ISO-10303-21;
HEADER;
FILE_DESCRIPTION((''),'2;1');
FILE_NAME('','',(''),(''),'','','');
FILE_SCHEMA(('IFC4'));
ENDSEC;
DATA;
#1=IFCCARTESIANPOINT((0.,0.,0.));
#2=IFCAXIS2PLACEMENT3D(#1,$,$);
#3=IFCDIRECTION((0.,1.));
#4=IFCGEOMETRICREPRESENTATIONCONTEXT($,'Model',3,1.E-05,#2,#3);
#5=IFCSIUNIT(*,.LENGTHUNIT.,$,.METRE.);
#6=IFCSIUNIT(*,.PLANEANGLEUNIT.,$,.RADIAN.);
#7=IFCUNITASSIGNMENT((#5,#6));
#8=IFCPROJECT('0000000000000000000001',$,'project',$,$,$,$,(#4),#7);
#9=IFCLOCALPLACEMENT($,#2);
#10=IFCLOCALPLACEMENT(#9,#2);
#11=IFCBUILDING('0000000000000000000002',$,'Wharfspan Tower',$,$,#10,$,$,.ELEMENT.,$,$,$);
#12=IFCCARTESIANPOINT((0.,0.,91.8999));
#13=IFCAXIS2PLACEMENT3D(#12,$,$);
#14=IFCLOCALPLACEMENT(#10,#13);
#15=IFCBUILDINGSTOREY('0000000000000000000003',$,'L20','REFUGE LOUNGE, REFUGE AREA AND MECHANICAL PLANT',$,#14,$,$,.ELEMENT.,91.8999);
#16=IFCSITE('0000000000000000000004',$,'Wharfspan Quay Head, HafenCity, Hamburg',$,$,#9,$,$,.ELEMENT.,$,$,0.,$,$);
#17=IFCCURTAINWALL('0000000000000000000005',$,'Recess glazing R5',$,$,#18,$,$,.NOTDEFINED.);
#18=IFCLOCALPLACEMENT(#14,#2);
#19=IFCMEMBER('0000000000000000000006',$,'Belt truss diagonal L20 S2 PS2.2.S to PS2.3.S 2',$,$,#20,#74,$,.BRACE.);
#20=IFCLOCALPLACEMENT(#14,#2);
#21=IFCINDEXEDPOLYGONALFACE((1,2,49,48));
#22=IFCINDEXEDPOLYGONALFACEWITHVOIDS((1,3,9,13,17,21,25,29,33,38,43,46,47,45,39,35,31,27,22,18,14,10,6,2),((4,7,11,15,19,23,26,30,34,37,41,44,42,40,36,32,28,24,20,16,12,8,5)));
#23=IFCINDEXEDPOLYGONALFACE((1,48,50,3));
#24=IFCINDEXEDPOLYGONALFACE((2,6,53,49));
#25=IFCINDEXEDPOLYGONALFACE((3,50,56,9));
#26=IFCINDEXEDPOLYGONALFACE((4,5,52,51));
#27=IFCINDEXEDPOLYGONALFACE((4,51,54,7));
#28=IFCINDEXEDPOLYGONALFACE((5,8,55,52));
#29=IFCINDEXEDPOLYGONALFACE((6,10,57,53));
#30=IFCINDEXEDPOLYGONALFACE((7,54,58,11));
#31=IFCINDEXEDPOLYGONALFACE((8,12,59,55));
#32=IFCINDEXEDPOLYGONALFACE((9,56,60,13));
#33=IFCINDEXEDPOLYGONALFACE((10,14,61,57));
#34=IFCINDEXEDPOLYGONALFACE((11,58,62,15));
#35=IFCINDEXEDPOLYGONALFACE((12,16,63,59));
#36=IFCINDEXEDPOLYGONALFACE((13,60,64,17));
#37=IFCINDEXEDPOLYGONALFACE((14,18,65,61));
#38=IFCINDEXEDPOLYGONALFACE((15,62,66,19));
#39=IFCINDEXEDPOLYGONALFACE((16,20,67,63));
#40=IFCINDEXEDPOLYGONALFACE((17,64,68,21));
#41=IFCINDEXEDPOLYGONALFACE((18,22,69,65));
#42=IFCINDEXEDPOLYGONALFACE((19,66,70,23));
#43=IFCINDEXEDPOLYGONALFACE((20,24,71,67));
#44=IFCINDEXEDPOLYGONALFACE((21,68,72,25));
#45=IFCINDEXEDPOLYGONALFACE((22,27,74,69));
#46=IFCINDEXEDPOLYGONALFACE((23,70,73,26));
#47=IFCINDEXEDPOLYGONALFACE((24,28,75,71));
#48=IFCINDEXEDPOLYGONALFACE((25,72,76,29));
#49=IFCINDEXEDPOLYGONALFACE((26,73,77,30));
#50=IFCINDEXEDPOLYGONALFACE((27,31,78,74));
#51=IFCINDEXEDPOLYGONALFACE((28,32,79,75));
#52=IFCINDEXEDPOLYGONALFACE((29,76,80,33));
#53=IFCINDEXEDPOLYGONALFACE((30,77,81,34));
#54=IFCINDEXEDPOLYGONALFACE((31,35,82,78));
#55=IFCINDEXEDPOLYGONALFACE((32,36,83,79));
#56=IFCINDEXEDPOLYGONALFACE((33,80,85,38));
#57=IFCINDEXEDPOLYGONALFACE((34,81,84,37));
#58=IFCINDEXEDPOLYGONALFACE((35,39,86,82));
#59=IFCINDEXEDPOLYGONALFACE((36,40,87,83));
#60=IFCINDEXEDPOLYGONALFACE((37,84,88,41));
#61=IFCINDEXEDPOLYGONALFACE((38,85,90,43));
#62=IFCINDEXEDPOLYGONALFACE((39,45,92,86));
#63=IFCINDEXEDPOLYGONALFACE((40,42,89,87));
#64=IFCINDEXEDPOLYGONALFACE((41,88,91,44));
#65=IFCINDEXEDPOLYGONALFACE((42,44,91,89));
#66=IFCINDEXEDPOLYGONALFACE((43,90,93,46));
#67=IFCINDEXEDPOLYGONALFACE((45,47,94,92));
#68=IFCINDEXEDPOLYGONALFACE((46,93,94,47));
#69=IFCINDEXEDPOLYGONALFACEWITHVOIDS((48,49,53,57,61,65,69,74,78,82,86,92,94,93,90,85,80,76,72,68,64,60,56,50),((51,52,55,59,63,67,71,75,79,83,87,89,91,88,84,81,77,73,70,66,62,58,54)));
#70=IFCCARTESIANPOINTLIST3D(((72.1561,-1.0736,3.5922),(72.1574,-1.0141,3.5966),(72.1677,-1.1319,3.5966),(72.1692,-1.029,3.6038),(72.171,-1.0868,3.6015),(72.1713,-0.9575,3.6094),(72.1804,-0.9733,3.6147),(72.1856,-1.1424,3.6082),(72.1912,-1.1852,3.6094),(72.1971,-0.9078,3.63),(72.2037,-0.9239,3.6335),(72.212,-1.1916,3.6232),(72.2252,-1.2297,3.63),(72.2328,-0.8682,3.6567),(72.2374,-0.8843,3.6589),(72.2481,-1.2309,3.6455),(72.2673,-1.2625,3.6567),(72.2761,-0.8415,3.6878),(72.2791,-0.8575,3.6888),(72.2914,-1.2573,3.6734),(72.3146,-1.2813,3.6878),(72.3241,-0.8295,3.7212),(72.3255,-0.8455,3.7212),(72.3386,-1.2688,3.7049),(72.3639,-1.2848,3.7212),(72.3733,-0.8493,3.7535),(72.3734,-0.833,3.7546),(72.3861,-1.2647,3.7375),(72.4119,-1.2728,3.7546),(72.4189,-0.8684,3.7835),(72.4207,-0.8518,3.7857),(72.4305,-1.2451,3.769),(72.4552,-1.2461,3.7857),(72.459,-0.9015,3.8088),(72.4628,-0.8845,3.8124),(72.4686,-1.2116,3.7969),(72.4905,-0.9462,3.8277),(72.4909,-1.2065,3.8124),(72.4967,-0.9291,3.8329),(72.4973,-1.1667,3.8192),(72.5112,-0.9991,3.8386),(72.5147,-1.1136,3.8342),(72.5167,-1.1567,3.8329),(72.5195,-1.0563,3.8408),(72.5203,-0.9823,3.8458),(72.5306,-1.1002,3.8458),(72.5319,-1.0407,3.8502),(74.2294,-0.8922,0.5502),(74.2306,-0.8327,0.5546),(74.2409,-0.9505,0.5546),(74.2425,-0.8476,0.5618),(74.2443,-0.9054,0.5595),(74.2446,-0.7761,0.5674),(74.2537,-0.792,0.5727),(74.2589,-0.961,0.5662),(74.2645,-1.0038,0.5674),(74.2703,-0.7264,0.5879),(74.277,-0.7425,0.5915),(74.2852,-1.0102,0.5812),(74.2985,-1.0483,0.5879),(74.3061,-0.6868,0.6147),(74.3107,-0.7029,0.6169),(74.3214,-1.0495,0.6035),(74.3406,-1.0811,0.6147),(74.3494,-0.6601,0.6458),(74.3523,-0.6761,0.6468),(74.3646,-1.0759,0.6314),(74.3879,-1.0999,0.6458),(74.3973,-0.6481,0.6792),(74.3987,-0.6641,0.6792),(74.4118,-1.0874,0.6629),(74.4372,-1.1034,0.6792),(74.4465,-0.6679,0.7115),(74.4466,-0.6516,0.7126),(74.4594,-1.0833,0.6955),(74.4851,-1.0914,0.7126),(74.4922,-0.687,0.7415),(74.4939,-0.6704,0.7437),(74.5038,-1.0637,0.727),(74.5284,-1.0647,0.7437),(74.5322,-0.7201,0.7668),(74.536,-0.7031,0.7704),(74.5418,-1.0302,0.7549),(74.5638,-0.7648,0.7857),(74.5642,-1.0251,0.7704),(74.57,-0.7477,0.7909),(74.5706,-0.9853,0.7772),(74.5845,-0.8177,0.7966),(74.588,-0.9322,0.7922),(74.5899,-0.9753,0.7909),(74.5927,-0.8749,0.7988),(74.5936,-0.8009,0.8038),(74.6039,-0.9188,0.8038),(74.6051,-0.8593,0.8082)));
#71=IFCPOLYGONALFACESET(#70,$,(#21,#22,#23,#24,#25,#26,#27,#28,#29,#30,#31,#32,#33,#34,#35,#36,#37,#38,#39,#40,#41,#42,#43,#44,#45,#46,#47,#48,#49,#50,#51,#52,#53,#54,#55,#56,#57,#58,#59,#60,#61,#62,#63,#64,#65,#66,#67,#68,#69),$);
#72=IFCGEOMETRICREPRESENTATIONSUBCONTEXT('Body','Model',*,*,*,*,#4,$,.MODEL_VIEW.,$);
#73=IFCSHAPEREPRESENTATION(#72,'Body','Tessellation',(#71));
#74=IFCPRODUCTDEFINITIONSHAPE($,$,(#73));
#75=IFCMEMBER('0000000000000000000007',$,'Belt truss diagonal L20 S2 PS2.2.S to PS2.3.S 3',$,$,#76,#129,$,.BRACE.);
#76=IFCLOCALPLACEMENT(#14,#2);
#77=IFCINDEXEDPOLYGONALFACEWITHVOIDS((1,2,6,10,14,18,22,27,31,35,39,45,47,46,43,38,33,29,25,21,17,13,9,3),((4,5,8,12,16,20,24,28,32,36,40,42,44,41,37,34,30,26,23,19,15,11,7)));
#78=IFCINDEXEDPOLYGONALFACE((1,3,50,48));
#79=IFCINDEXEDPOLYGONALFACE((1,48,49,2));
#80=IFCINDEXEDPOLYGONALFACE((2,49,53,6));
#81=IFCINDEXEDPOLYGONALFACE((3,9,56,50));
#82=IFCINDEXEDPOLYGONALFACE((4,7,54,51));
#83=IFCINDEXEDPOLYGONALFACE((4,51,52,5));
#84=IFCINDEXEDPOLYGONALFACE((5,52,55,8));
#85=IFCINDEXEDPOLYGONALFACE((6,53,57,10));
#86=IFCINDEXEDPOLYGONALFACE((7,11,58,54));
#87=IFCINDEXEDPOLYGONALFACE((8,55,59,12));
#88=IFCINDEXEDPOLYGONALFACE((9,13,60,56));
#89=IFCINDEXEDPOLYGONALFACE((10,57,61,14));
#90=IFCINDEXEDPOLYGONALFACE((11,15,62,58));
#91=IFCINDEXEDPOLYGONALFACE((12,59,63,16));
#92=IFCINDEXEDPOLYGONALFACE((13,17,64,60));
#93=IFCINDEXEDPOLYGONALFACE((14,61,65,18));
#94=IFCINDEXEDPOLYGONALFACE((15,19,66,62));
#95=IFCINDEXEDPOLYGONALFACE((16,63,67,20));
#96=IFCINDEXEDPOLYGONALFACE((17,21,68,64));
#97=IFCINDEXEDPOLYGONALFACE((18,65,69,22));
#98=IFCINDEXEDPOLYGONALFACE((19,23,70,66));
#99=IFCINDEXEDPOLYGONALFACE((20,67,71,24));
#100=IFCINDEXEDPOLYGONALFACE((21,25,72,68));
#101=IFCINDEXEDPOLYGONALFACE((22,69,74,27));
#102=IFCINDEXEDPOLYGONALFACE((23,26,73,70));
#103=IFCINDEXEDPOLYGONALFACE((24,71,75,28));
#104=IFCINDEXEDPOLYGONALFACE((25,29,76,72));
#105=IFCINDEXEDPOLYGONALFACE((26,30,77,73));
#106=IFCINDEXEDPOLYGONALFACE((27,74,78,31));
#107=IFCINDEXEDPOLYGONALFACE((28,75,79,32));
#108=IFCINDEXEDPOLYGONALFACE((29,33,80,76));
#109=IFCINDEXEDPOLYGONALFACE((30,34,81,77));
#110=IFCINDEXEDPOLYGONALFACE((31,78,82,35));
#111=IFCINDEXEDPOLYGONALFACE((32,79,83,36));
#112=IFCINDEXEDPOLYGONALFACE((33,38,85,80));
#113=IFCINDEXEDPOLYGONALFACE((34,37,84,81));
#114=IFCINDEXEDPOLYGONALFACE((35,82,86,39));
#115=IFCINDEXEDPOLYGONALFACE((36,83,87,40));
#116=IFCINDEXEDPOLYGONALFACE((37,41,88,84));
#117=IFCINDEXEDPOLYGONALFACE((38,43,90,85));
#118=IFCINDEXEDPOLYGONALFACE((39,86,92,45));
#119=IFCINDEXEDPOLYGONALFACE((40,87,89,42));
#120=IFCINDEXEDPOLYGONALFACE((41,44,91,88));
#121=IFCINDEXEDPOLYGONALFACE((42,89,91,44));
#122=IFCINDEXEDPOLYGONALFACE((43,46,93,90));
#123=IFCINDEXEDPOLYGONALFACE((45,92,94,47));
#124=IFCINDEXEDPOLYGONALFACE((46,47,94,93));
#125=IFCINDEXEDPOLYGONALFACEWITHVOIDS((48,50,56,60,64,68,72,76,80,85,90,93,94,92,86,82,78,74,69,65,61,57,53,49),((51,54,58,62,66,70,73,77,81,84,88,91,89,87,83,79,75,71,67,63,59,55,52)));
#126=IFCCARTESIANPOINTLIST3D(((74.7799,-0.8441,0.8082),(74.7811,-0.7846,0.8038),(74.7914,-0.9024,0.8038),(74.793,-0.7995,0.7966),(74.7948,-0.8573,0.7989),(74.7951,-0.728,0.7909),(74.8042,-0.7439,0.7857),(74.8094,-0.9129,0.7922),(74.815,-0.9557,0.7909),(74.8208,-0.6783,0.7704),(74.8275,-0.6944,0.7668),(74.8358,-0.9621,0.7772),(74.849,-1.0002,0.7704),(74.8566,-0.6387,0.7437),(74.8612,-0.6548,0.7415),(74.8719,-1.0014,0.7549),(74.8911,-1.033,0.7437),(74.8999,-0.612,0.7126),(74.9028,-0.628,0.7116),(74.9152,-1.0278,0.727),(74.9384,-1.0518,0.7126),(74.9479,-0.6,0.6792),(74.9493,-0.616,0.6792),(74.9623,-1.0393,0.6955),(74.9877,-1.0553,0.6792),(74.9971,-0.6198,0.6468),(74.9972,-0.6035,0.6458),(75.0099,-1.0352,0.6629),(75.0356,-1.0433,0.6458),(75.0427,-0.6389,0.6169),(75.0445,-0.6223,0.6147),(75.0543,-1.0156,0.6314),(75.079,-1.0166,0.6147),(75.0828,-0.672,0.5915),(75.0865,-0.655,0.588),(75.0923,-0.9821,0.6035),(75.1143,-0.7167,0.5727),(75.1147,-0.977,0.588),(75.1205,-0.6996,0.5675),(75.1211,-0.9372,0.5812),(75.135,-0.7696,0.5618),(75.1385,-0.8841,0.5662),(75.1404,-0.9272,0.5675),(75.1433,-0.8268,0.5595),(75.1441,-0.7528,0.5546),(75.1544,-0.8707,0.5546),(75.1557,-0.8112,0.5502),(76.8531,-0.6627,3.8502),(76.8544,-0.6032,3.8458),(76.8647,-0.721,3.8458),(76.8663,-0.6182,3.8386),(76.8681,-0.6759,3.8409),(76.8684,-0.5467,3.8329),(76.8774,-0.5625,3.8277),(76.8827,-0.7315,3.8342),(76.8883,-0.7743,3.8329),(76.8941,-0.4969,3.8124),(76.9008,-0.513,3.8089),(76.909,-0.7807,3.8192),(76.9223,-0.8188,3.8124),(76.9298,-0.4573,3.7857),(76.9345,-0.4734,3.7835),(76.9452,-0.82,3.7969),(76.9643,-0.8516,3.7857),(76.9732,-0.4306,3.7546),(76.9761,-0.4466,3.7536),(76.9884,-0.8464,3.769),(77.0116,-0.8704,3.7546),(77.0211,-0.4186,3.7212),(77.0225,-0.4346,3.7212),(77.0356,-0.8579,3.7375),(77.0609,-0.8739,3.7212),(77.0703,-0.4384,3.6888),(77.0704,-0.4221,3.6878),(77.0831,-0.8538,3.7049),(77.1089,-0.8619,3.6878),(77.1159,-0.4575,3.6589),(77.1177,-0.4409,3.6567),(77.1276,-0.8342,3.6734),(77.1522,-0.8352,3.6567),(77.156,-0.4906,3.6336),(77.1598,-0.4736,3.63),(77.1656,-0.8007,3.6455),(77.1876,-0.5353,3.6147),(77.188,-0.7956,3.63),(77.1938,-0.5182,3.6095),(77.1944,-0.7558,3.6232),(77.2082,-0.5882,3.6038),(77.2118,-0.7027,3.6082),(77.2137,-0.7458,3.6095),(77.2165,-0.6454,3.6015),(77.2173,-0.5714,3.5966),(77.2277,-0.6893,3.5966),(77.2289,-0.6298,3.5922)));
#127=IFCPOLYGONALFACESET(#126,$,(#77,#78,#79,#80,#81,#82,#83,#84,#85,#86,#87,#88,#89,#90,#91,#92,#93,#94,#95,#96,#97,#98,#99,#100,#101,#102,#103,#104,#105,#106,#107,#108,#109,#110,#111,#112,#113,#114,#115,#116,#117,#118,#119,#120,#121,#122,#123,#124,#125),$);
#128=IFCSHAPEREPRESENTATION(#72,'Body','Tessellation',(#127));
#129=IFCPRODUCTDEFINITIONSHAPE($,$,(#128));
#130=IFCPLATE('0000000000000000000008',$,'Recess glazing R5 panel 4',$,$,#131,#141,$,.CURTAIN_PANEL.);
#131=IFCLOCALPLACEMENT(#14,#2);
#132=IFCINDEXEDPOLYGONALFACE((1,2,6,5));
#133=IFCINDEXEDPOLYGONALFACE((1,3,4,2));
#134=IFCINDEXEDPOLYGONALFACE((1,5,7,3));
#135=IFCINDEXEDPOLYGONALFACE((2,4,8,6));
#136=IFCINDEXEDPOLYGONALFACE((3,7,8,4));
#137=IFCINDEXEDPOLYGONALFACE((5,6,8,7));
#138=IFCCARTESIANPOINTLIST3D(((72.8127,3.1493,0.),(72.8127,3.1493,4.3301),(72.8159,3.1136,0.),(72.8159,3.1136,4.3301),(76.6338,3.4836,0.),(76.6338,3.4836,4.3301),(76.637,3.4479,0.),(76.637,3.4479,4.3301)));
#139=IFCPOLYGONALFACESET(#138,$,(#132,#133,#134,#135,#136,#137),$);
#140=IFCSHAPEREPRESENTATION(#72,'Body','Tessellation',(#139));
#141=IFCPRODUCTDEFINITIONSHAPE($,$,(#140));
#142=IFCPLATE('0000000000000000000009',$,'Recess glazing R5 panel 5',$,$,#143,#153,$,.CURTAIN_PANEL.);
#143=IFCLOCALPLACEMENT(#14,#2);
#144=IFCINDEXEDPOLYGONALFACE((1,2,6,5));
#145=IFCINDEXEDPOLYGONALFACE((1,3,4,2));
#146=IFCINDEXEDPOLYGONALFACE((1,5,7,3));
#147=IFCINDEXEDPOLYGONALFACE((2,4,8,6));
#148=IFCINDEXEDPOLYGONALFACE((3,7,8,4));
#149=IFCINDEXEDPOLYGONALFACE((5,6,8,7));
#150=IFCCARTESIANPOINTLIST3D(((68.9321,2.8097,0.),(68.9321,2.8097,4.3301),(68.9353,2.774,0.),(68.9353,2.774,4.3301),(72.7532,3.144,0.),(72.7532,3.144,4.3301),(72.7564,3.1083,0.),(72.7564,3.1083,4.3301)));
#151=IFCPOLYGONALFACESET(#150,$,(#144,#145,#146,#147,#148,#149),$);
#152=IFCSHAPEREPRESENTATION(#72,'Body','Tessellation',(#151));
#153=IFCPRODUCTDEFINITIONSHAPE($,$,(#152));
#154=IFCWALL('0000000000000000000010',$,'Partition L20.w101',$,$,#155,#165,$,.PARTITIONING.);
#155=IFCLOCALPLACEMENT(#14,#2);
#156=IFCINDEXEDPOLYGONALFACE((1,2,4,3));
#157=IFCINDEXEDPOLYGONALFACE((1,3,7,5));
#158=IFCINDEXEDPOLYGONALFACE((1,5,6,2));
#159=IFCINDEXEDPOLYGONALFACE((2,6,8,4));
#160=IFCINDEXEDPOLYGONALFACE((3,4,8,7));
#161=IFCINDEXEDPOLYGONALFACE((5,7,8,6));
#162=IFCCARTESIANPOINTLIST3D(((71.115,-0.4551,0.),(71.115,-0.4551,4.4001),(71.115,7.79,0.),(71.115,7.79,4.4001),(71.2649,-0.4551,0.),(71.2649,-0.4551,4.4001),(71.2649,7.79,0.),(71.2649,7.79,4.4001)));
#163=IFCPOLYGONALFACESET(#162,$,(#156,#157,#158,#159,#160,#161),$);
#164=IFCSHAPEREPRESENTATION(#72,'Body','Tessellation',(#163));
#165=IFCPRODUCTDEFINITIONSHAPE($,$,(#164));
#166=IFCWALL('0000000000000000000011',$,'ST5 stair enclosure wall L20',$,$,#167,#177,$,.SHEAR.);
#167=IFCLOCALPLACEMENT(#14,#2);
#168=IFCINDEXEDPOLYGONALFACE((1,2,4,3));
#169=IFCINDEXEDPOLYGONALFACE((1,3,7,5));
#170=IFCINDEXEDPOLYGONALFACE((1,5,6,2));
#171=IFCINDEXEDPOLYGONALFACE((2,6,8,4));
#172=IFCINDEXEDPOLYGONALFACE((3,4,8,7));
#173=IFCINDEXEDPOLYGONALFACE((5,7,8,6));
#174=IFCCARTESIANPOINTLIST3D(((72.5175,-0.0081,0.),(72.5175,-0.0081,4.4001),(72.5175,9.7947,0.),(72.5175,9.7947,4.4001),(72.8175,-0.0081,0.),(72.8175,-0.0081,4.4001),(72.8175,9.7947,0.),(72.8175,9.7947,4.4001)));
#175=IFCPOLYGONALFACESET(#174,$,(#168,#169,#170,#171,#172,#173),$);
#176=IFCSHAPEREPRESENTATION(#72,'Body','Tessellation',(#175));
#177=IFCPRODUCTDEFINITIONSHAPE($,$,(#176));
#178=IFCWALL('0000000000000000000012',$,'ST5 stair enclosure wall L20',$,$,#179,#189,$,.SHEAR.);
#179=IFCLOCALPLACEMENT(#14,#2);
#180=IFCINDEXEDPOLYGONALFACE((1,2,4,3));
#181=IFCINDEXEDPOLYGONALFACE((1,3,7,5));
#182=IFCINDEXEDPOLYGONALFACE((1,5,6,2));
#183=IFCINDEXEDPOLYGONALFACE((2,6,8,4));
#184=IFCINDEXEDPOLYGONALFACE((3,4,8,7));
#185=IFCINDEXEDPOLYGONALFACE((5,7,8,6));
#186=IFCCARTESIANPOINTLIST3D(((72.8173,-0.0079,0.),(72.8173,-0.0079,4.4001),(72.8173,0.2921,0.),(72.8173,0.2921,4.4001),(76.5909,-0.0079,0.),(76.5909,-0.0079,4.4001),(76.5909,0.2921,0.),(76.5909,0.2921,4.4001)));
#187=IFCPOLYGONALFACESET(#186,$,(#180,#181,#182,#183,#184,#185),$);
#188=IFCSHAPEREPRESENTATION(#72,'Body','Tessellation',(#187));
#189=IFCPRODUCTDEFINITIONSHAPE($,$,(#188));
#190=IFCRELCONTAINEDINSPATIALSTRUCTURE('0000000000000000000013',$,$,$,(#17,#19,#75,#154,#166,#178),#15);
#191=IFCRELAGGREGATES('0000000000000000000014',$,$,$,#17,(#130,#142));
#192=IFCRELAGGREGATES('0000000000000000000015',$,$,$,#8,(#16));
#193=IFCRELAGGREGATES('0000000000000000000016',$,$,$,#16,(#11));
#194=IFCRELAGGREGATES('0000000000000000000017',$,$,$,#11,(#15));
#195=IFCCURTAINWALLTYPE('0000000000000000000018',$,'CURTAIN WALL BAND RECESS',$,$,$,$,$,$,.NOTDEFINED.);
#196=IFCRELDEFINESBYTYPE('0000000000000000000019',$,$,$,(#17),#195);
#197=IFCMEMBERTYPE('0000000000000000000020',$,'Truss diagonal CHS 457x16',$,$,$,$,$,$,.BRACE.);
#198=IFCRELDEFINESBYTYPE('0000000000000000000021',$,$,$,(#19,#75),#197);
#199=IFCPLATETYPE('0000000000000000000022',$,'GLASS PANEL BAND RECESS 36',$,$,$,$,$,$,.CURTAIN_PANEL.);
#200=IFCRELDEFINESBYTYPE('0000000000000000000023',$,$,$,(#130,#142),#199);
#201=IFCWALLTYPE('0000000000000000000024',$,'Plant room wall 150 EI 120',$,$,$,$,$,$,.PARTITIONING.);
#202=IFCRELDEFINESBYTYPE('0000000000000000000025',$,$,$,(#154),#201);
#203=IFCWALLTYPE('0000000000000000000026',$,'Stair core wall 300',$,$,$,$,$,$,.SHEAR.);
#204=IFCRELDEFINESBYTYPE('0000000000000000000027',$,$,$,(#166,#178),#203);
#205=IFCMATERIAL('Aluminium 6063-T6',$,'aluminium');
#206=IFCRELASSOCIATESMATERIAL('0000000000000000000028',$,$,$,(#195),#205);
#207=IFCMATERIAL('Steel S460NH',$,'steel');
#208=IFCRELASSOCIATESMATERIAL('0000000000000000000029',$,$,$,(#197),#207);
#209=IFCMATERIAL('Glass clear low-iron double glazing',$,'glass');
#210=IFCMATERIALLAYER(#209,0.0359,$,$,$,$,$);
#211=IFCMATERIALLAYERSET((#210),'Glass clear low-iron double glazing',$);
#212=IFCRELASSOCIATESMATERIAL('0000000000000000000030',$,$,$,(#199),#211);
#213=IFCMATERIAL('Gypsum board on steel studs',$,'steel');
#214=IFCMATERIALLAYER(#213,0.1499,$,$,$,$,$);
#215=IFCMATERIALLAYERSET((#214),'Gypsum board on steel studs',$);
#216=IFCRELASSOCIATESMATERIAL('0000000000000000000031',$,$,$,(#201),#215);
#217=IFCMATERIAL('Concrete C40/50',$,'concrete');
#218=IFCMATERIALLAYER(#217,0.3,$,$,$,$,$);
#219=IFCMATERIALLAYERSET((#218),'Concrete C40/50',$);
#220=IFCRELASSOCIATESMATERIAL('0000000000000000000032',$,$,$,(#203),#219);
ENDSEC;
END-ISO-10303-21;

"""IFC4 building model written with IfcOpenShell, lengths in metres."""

from ifc_helpers import new_model, si_unit, direction, frame, frame_2d, origin, origin_2d, place, context, subcontext, project, spatial, rectangle, hollow_circle, extrude, material, layer, layer_set, material_profile, profile_set, type_object, element, aggregate, save


model = new_model("IFC4")

# Units and contexts
model_context = context("Model", 3, precision=1e-05, world=origin(), true_north=direction((0.0, 1.0)))
body_context = subcontext(model_context, "Body", "Model", "MODEL_VIEW")
ifc_project = project(units=[si_unit("LENGTHUNIT", "METRE"), si_unit("PLANEANGLEUNIT", "RADIAN")], contexts=[model_context])

# Site, building, storey
site_placement = place(None, origin())
site = spatial("IfcSite", under=ifc_project, at=site_placement, Name="Wharfspan Quay Head, HafenCity, Hamburg", CompositionType="ELEMENT", RefElevation=0.0)
building_placement = place(site_placement, origin())
building = spatial("IfcBuilding", under=site, at=building_placement, Name="Wharfspan Tower", CompositionType="ELEMENT")
storey_placement = place(building_placement, frame((0.0, 0.0, 91.8999)))
storey = spatial("IfcBuildingStorey", under=building, at=storey_placement, Name="L20", Description="REFUGE LOUNGE, REFUGE AREA AND MECHANICAL PLANT", CompositionType="ELEMENT", Elevation=91.8999)

# Curtain wall
ifc_material_1 = material(Name="Aluminium 6063-T6", Category="aluminium")
curtain_wall_type = type_object("IfcCurtainWallType", Name="CURTAIN WALL BAND RECESS", PredefinedType="NOTDEFINED", material=ifc_material_1)
curtain_wall_placement = place(storey_placement, origin())
curtain_wall = element("IfcCurtainWall", 1, at=curtain_wall_placement, inside=storey, type_object=curtain_wall_type, Name="Recess glazing R5", PredefinedType="NOTDEFINED")

# Members
ifc_material_2 = material(Name="Steel S460NH", Category="steel")
ifc_material_profile_1 = material_profile(ifc_material_2, hollow_circle(Radius=0.2285, WallThickness=0.0161, at=origin_2d()))
ifc_profile_set_1 = profile_set([ifc_material_profile_1], Name="Steel S460NH")
member_type_1 = type_object("IfcMemberType", Name="Truss diagonal CHS 457x16", PredefinedType="BRACE", material=ifc_profile_set_1)
for number, where, z_axis, x_axis, name in (
    (2, (72.344, -1.0571, 3.7212), (0.562498, 0.049215, -0.825333), (-0.087159, 0.996192, 0.000001), "Belt truss diagonal L20 S2 PS2.2.S to PS2.3.S 2"),
    (3, (74.9678, -0.8276, 0.6792), (0.562498, 0.049215, 0.825333), (-0.087159, 0.996192, -0.000001), "Belt truss diagonal L20 S2 PS2.2.S to PS2.3.S 3"),
):
    element("IfcMember", number, at=place(storey_placement, frame(where, z_axis=z_axis, x_axis=x_axis)), inside=storey, type_object=member_type_1, Name=name, PredefinedType="BRACE", context=body_context, shape_type="SweptSolid", body=[
        extrude(hollow_circle(Radius=0.2285, WallThickness=0.0161, at=origin_2d()), origin(), (0.0, 0.0, 1.0), 3.6858),
    ])

# Plates
ifc_material_3 = material(Name="Glass clear low-iron double glazing", Category="glass")
ifc_layer_1 = layer(ifc_material_3, 0.0359)
ifc_layer_set_1 = layer_set([ifc_layer_1], Name="Glass clear low-iron double glazing")
plate_type = type_object("IfcPlateType", Name="GLASS PANEL BAND RECESS 36", PredefinedType="CURTAIN_PANEL", material=ifc_layer_set_1)
plate_1_placement = place(storey_placement, frame((74.7249, 3.2986, 0.0), z_axis=(0.0, 0.0, 1.0), x_axis=(-0.996198, -0.087156, 0.0)))
plate_1 = element("IfcPlate", 4, at=plate_1_placement, type_object=plate_type, Name="Recess glazing R5 panel 4", PredefinedType="CURTAIN_PANEL", context=body_context, shape_type="SweptSolid", body=[
    extrude(rectangle(XDim=3.8357, YDim=0.0359, at=origin_2d()), origin(), (0.0, 0.0, 1.0), 4.3301),
])
plate_2_placement = place(storey_placement, frame((70.8442, 2.959, 0.0), z_axis=(0.0, 0.0, 1.0), x_axis=(-0.996198, -0.087156, 0.0)))
plate_2 = element("IfcPlate", 5, at=plate_2_placement, type_object=plate_type, Name="Recess glazing R5 panel 5", PredefinedType="CURTAIN_PANEL", context=body_context, shape_type="SweptSolid", body=[
    extrude(rectangle(XDim=3.8357, YDim=0.0359, at=origin_2d()), origin(), (0.0, 0.0, 1.0), 4.3301),
])
aggregate(curtain_wall, [plate_1, plate_2])

# Walls
ifc_material_4 = material(Name="Gypsum board on steel studs", Category="steel")
ifc_layer_2 = layer(ifc_material_4, 0.1499)
ifc_layer_set_2 = layer_set([ifc_layer_2], Name="Gypsum board on steel studs")
wall_type_1 = type_object("IfcWallType", Name="Plant room wall 150 EI 120", PredefinedType="PARTITIONING", material=ifc_layer_set_2)
wall_1_placement = place(storey_placement, frame((71.1899, -0.4551, 0.0), z_axis=(0.0, 0.0, 1.0), x_axis=(0.0, 1.0, 0.0)))
element("IfcWall", 6, at=wall_1_placement, inside=storey, type_object=wall_type_1, Name="Partition L20.w101", PredefinedType="PARTITIONING", context=body_context, shape_type="SweptSolid", body=[
    extrude(rectangle(XDim=8.2451, YDim=0.1499, at=frame_2d((4.1226, 0.0))), origin(), (0.0, 0.0, 1.0), 4.4001),
])
ifc_material_5 = material(Name="Concrete C40/50", Category="concrete")
ifc_layer_3 = layer(ifc_material_5, 0.3)
ifc_layer_set_3 = layer_set([ifc_layer_3], Name="Concrete C40/50")
wall_type_2 = type_object("IfcWallType", Name="Stair core wall 300", PredefinedType="SHEAR", material=ifc_layer_set_3)
wall_2_placement = place(storey_placement, frame((72.6675, -0.0081, 0.0), z_axis=(0.0, 0.0, 1.0), x_axis=(0.0, 1.0, 0.0)))
element("IfcWall", 7, at=wall_2_placement, inside=storey, type_object=wall_type_2, Name="ST5 stair enclosure wall L20", PredefinedType="SHEAR", context=body_context, shape_type="SweptSolid", body=[
    extrude(rectangle(XDim=9.8027, YDim=0.3, at=frame_2d((4.9014, 0.0))), origin(), (0.0, 0.0, 1.0), 4.4001),
])
wall_3_placement = place(storey_placement, frame((72.8174, 0.1421, 0.0), z_axis=(0.0, 0.0, 1.0), x_axis=(1.0, 0.0, 0.0)))
element("IfcWall", 8, at=wall_3_placement, inside=storey, type_object=wall_type_2, Name="ST5 stair enclosure wall L20", PredefinedType="SHEAR", context=body_context, shape_type="SweptSolid", body=[
    extrude(rectangle(XDim=3.7737, YDim=0.3, at=frame_2d((1.8867, 0.0))), origin(), (0.0, 0.0, 1.0), 4.4001),
])

save(model, "model.ifc")
